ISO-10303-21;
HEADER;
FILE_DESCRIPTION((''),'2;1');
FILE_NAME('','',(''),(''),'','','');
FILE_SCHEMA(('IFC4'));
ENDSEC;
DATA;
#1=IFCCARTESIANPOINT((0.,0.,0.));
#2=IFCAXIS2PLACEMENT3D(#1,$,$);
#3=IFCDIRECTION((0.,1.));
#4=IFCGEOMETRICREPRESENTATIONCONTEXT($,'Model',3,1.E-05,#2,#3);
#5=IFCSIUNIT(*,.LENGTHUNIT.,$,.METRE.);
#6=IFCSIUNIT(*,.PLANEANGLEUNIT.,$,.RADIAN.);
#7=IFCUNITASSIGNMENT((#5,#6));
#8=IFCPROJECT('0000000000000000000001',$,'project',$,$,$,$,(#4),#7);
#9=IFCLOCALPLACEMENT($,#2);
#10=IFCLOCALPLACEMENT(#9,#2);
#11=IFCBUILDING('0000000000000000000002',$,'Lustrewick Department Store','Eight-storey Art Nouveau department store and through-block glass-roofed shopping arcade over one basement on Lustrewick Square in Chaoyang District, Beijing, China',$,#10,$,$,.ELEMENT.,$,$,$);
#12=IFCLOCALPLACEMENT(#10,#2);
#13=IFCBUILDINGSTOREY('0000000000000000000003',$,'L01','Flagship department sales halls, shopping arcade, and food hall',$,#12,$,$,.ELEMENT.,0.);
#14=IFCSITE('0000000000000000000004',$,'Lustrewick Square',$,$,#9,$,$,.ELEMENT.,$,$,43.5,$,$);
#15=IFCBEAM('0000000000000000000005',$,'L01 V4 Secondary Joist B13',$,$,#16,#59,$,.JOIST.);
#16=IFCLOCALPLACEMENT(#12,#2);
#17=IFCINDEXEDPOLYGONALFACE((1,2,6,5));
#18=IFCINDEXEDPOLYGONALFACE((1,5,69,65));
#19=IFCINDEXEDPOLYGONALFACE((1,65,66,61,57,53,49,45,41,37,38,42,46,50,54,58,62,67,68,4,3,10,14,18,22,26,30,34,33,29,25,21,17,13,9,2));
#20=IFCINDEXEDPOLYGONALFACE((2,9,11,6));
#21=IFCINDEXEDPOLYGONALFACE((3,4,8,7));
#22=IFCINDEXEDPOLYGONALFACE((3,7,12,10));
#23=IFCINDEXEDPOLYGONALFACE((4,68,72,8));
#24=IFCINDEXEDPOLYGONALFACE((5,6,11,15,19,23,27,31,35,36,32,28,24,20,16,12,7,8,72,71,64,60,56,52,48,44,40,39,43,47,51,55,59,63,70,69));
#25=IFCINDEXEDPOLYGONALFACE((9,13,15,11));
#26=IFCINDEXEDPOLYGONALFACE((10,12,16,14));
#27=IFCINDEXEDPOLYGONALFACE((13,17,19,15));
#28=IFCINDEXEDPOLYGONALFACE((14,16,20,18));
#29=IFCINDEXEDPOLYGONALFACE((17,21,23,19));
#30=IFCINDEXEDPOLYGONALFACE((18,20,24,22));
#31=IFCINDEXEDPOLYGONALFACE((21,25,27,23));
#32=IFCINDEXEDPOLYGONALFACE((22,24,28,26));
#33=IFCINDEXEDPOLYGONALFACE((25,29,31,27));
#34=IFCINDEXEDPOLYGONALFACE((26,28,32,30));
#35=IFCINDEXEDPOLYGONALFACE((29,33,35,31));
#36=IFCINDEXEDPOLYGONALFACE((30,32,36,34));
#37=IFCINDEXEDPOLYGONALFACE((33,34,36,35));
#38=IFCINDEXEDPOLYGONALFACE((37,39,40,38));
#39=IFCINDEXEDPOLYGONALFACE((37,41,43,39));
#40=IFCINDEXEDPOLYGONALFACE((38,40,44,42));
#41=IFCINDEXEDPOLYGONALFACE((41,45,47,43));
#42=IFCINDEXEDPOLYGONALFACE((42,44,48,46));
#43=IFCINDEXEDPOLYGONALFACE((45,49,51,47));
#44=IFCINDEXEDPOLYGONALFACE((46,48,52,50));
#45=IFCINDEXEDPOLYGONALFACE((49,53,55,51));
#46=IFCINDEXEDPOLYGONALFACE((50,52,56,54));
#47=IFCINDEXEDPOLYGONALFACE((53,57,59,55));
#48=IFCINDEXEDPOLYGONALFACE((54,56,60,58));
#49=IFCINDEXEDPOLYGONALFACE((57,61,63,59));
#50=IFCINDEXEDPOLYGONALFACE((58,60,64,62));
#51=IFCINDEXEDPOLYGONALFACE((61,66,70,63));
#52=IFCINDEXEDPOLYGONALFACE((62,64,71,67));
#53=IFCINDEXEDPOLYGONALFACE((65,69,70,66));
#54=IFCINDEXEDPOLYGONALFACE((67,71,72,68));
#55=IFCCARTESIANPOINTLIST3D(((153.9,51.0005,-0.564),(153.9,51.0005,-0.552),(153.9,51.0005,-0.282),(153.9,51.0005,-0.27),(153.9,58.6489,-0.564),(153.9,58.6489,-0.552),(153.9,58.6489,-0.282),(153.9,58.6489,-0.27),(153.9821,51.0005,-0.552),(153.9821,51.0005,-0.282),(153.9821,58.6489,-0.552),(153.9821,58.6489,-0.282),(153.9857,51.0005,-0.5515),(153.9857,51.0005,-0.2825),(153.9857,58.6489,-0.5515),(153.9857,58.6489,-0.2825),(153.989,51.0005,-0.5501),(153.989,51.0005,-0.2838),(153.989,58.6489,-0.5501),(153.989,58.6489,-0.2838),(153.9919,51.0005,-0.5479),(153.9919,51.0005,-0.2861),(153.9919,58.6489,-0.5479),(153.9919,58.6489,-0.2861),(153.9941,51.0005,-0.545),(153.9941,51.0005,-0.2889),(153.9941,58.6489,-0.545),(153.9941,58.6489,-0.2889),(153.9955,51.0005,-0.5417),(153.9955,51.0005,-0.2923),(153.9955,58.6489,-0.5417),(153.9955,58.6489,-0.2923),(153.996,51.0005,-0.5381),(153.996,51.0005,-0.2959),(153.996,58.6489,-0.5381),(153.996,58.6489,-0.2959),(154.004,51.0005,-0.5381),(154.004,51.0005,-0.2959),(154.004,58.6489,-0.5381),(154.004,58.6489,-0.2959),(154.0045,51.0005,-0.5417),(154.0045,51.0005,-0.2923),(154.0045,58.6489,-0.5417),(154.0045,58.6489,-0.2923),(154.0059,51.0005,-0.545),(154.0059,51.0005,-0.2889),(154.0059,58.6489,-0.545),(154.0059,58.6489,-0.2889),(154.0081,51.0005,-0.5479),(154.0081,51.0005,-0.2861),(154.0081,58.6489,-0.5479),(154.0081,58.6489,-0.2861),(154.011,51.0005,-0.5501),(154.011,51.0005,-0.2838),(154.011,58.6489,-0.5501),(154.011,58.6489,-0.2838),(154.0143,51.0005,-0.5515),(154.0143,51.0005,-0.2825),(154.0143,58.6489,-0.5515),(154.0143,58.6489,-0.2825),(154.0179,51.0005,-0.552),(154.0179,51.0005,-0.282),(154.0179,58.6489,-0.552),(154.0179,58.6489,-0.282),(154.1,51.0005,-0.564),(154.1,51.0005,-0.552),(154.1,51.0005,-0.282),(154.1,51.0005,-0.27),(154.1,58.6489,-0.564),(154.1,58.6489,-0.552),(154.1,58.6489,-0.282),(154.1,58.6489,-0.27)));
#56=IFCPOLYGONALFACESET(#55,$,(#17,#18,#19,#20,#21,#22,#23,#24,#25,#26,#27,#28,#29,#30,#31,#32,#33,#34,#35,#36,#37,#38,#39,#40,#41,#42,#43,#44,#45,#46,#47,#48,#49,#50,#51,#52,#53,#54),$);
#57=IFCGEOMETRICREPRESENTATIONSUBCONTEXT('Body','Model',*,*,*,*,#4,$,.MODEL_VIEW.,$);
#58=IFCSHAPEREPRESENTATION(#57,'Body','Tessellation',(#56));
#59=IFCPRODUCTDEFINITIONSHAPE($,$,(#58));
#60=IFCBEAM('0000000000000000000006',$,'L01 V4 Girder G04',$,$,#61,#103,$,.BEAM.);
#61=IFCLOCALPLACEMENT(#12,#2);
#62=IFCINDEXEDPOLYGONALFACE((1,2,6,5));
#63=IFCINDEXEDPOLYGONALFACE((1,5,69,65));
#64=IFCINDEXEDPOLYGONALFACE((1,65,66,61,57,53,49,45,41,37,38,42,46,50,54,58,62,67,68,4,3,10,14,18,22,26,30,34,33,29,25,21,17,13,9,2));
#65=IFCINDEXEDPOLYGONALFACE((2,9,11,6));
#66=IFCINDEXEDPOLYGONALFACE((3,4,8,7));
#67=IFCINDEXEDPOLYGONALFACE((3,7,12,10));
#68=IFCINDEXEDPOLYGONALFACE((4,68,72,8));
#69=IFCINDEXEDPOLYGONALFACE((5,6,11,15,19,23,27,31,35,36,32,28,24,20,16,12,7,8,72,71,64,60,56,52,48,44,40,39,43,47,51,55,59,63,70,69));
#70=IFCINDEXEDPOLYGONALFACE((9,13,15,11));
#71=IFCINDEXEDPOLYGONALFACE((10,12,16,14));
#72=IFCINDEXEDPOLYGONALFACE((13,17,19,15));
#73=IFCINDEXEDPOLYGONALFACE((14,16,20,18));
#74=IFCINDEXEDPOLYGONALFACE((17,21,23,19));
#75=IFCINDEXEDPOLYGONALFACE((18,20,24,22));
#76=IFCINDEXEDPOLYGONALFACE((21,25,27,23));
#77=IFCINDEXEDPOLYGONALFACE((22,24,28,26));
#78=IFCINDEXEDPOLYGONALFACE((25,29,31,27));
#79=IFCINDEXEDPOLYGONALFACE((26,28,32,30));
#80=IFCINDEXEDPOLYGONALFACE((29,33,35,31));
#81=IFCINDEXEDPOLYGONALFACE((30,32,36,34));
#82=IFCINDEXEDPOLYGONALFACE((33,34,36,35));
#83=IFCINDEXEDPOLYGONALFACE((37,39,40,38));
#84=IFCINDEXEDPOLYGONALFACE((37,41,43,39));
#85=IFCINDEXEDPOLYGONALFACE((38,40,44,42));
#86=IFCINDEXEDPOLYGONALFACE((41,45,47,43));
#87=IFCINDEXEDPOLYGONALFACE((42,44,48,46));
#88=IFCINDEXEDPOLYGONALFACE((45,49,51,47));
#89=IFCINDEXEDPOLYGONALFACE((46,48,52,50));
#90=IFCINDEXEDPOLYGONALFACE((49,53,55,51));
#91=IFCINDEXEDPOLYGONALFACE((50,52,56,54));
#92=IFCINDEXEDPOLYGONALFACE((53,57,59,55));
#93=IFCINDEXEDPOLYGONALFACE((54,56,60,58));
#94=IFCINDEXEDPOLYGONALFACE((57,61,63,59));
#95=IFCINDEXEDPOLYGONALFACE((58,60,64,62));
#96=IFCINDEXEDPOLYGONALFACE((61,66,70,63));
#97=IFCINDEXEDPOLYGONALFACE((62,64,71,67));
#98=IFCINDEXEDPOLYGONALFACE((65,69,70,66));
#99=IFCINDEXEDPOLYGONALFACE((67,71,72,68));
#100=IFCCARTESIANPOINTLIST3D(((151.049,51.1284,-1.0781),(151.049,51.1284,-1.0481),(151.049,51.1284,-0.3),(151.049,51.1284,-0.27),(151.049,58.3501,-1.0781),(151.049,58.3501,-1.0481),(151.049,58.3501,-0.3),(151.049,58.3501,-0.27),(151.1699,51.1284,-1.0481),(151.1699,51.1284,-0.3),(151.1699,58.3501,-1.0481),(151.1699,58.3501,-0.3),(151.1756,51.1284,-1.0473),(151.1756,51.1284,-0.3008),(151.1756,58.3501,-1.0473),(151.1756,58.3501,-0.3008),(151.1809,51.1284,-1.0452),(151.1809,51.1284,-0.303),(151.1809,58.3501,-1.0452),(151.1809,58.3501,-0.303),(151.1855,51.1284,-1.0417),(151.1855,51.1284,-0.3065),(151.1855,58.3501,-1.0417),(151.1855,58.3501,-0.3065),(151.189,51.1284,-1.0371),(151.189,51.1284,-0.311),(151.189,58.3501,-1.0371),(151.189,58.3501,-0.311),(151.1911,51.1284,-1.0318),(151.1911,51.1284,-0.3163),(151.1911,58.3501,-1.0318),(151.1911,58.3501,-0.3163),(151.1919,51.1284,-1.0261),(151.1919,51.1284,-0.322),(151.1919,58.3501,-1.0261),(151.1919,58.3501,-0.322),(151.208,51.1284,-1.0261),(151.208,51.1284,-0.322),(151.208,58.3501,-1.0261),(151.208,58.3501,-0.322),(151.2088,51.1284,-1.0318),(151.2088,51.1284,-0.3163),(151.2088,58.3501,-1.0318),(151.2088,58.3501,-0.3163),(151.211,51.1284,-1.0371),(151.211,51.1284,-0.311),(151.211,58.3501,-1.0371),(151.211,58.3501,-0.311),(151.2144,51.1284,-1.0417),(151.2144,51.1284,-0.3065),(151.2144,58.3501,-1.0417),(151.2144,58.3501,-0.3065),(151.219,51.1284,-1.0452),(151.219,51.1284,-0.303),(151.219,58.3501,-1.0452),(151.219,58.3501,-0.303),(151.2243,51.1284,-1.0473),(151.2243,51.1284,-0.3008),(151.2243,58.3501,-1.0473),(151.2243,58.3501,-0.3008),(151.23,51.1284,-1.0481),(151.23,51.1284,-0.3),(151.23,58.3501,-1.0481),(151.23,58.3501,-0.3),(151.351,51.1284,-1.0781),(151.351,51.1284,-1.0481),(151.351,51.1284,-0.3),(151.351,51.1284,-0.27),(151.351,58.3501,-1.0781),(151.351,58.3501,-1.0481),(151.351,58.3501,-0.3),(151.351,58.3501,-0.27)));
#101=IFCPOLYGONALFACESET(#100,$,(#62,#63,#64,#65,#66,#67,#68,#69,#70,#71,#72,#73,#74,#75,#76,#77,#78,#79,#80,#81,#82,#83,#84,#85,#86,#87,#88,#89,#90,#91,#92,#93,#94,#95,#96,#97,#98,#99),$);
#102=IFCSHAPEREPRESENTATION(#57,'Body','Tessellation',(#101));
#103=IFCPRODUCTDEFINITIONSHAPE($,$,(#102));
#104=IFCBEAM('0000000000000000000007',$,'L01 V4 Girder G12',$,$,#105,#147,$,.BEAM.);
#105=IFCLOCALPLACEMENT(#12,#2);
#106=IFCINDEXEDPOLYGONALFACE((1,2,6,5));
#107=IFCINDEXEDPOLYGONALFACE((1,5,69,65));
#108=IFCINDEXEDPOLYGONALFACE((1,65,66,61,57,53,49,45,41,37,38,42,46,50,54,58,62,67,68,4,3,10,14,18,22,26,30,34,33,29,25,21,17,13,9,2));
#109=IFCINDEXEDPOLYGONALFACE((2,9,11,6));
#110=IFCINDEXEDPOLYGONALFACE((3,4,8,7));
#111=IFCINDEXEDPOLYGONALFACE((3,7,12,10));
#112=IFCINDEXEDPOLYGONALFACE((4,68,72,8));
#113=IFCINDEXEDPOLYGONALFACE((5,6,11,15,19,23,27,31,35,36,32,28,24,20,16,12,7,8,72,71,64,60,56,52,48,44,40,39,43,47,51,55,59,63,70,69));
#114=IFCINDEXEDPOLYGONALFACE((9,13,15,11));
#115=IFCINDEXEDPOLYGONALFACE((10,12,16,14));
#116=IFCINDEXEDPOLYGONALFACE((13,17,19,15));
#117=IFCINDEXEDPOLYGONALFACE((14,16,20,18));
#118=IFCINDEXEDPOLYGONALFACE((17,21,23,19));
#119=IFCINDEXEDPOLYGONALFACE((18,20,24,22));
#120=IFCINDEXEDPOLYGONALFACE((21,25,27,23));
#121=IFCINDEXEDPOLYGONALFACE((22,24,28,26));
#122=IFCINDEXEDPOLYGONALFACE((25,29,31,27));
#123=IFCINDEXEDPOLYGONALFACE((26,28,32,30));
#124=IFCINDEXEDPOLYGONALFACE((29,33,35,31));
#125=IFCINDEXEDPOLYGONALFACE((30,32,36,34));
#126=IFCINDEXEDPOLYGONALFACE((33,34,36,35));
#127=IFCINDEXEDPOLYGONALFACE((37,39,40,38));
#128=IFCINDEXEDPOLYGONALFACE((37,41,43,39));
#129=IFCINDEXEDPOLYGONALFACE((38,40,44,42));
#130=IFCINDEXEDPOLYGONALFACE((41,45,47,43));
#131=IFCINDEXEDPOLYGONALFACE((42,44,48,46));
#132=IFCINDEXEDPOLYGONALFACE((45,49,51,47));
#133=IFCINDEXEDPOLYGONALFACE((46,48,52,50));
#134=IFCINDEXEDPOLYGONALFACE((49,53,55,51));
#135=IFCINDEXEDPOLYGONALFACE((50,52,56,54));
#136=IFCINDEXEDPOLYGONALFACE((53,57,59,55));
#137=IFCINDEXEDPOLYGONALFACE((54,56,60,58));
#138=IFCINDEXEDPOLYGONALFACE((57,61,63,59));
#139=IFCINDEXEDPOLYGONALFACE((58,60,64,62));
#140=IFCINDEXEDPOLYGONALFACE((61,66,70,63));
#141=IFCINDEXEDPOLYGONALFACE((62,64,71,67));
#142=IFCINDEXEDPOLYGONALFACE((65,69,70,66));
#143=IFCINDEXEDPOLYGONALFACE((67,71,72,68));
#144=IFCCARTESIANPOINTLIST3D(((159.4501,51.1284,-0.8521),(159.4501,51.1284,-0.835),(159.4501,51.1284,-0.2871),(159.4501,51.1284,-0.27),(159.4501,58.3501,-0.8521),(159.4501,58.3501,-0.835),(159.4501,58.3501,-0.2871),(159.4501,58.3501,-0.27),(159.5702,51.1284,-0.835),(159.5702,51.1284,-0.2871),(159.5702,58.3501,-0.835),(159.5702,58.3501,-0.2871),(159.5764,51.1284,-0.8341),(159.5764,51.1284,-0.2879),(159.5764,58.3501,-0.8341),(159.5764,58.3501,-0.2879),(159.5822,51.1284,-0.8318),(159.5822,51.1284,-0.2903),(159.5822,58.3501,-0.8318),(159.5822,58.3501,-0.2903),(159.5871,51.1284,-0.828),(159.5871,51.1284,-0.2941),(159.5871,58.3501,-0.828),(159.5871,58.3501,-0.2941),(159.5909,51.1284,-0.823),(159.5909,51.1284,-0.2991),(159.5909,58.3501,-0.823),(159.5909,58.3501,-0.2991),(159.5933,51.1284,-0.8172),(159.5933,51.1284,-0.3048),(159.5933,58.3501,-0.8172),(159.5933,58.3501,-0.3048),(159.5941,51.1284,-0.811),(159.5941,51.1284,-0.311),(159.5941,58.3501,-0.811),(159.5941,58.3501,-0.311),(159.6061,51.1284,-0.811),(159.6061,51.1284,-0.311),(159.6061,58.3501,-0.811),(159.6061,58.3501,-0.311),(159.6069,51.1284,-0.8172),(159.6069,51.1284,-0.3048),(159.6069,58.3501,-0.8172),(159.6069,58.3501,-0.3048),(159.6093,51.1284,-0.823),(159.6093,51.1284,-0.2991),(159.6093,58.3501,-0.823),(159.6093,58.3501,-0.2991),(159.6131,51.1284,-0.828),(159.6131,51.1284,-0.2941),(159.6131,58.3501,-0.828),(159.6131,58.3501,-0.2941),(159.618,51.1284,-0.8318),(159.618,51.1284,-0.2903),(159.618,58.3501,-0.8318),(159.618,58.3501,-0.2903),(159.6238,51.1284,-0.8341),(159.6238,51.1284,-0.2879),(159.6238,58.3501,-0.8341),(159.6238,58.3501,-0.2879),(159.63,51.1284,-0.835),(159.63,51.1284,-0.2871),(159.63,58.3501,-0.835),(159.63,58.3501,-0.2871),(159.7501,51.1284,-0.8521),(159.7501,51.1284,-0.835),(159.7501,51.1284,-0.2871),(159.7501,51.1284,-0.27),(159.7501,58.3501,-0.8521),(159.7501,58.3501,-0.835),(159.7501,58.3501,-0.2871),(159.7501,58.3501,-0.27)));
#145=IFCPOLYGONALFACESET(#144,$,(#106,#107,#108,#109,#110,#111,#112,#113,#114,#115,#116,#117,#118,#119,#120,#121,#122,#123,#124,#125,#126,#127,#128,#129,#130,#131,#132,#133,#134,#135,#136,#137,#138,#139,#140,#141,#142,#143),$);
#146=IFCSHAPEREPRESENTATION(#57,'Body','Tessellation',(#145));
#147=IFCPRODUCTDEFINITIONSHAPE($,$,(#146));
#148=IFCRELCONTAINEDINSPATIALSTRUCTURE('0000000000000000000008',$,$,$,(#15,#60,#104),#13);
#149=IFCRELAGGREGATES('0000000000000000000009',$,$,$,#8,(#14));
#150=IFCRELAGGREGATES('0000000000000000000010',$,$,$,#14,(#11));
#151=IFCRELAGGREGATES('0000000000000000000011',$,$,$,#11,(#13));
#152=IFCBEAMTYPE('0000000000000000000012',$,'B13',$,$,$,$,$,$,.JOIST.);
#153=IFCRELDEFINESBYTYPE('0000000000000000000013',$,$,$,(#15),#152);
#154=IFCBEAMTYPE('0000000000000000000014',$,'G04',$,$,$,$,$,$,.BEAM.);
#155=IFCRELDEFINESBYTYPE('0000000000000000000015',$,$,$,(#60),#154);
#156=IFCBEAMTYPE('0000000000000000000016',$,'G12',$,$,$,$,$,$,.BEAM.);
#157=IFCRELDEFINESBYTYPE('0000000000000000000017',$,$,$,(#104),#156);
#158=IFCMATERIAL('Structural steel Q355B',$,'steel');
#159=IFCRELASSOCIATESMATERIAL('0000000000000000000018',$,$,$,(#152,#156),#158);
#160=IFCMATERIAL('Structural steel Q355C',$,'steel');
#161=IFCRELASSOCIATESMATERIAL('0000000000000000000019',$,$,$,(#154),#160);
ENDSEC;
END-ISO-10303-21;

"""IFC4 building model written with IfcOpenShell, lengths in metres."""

from ifc_helpers import new_model, si_unit, direction, frame, origin, origin_2d, place, context, subcontext, project, spatial, i_section, extrude, material, material_profile, profile_set, type_object, element, save


model = new_model("IFC4")

# Units and contexts
model_context = context("Model", 3, precision=1e-05, world=origin(), true_north=direction((0.0, 1.0)))
body_context = subcontext(model_context, "Body", "Model", "MODEL_VIEW")
ifc_project = project(units=[si_unit("LENGTHUNIT", "METRE"), si_unit("PLANEANGLEUNIT", "RADIAN")], contexts=[model_context])

# Site, building, storey
site_placement = place(None, origin())
site = spatial("IfcSite", under=ifc_project, at=site_placement, Name="Lustrewick Square", CompositionType="ELEMENT", RefElevation=43.5)
building_placement = place(site_placement, origin())
building = spatial("IfcBuilding", under=site, at=building_placement, Name="Lustrewick Department Store", Description="Eight-storey Art Nouveau department store and through-block glass-roofed shopping arcade over one basement on Lustrewick Square in Chaoyang District, Beijing, China", CompositionType="ELEMENT")
storey_placement = place(building_placement, origin())
storey = spatial("IfcBuildingStorey", under=building, at=storey_placement, Name="L01", Description="Flagship department sales halls, shopping arcade, and food hall", CompositionType="ELEMENT", Elevation=0.0)

# Shared definitions
ifc_material_1 = material(Name="Structural steel Q355C", Category="steel")

# Beams
ifc_material_2 = material(Name="Structural steel Q355B", Category="steel")
ifc_material_profile_1 = material_profile(ifc_material_2, i_section(OverallWidth=0.2, OverallDepth=0.2939, WebThickness=0.0081, FlangeThickness=0.012, FilletRadius=0.0139, at=origin_2d()), Name="HM 294x200x8x12")
ifc_profile_set_1 = profile_set([ifc_material_profile_1], Name="Structural steel Q355B")
beam_type_1 = type_object("IfcBeamType", Name="B13", PredefinedType="JOIST", material=ifc_profile_set_1)
beam_1_placement = place(storey_placement, frame((154.0, 51.0005, -0.417), z_axis=(0.0, 1.0, 0.0), x_axis=(-1.0, 0.0, 0.0)))
element("IfcBeam", 1, at=beam_1_placement, inside=storey, type_object=beam_type_1, Name="L01 V4 Secondary Joist B13", PredefinedType="JOIST", context=body_context, shape_type="SweptSolid", body=[
    extrude(i_section(OverallWidth=0.2, OverallDepth=0.2939, WebThickness=0.0081, FlangeThickness=0.012, FilletRadius=0.0139, at=origin_2d()), origin(), (0.0, 0.0, 1.0), 7.6484),
])
ifc_material_profile_2 = material_profile(ifc_material_1, i_section(OverallWidth=0.302, OverallDepth=0.8081, WebThickness=0.0161, FlangeThickness=0.03, FilletRadius=0.022, at=origin_2d()), Name="HN 808x302x16x30")
ifc_profile_set_2 = profile_set([ifc_material_profile_2], Name="Structural steel Q355C")
beam_type_2 = type_object("IfcBeamType", Name="G04", PredefinedType="BEAM", material=ifc_profile_set_2)
beam_2_placement = place(storey_placement, frame((151.2, 51.1284, -0.6741), z_axis=(0.0, 1.0, 0.0), x_axis=(-1.0, 0.0, 0.0)))
element("IfcBeam", 2, at=beam_2_placement, inside=storey, type_object=beam_type_2, Name="L01 V4 Girder G04", PredefinedType="BEAM", context=body_context, shape_type="SweptSolid", body=[
    extrude(i_section(OverallWidth=0.302, OverallDepth=0.8081, WebThickness=0.0161, FlangeThickness=0.03, FilletRadius=0.022, at=origin_2d()), origin(), (0.0, 0.0, 1.0), 7.2217),
])
ifc_material_profile_3 = material_profile(ifc_material_2, i_section(OverallWidth=0.3, OverallDepth=0.582, WebThickness=0.012, FlangeThickness=0.0171, FilletRadius=0.0239, at=origin_2d()), Name="HM 582x300x12x17")
ifc_profile_set_3 = profile_set([ifc_material_profile_3], Name="Structural steel Q355B")
beam_type_3 = type_object("IfcBeamType", Name="G12", PredefinedType="BEAM", material=ifc_profile_set_3)
beam_3_placement = place(storey_placement, frame((159.6001, 51.1284, -0.561), z_axis=(0.0, 1.0, 0.0), x_axis=(-1.0, 0.0, 0.0)))
element("IfcBeam", 3, at=beam_3_placement, inside=storey, type_object=beam_type_3, Name="L01 V4 Girder G12", PredefinedType="BEAM", context=body_context, shape_type="SweptSolid", body=[
    extrude(i_section(OverallWidth=0.3, OverallDepth=0.582, WebThickness=0.012, FlangeThickness=0.0171, FilletRadius=0.0239, at=origin_2d()), origin(), (0.0, 0.0, 1.0), 7.2217),
])

save(model, "model.ifc")
